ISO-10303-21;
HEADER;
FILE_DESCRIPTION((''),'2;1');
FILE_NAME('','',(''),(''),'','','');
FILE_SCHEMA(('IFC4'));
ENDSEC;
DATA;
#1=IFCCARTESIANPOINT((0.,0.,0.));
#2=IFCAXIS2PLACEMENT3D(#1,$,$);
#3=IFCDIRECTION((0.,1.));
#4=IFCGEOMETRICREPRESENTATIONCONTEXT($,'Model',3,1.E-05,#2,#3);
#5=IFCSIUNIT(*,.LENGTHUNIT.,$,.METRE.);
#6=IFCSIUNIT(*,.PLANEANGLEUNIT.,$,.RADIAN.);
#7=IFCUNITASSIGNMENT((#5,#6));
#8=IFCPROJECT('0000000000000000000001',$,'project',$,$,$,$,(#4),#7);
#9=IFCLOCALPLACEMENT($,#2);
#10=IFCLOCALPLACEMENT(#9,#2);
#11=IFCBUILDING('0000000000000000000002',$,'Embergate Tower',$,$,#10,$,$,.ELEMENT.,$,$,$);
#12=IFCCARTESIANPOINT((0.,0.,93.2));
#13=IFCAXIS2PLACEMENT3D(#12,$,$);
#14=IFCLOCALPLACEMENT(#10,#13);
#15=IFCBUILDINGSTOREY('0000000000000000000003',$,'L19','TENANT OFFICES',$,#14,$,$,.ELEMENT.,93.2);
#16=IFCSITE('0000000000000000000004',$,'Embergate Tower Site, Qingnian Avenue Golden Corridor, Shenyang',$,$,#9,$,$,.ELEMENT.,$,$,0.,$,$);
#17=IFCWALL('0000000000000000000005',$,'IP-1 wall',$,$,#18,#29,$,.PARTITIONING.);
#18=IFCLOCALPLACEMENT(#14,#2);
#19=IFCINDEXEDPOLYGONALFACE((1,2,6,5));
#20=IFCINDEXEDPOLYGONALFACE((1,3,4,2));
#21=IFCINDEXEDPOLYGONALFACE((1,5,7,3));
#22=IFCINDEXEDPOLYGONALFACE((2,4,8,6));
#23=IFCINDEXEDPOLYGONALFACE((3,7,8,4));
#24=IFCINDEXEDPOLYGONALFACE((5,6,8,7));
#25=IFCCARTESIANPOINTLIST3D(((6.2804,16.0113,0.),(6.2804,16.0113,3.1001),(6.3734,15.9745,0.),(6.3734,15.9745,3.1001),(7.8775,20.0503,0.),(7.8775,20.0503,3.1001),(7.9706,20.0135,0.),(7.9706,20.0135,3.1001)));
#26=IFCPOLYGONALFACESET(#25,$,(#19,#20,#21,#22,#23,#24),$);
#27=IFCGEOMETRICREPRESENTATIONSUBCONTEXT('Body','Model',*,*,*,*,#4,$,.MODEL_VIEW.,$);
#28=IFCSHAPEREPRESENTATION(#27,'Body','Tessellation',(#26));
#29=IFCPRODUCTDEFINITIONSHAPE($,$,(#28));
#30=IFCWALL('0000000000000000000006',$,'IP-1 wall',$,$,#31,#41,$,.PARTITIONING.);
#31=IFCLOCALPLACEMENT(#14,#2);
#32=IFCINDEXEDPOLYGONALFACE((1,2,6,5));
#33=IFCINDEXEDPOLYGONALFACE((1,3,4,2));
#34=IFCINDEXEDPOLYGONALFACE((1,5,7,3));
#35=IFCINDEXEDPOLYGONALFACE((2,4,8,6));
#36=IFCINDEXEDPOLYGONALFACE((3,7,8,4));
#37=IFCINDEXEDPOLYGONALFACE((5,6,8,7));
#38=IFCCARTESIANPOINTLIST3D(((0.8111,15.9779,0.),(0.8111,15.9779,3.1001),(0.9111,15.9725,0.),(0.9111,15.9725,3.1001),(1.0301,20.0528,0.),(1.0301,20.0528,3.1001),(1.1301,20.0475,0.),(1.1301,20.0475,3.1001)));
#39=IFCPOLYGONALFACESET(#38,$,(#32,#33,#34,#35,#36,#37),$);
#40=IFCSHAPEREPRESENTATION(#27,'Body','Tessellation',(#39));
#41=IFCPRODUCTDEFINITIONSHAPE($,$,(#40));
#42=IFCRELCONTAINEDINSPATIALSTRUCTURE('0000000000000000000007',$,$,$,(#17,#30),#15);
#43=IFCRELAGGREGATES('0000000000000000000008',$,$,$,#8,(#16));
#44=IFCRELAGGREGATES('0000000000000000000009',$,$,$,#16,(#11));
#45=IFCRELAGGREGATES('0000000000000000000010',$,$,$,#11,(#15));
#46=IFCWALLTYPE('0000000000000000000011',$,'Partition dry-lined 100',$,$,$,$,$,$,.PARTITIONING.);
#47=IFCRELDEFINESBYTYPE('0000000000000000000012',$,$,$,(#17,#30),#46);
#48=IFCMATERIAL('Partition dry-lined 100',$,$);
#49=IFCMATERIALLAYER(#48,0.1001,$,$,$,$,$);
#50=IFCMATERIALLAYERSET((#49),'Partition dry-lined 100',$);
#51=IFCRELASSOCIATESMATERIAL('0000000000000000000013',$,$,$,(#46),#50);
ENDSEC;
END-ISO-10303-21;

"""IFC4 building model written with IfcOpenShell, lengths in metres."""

from ifc_helpers import new_model, si_unit, direction, frame, frame_2d, origin, place, context, subcontext, project, spatial, rectangle, extrude, source, transform, mapped, material, layer, layer_set, type_object, element, save


model = new_model("IFC4")

# Units and contexts
model_context = context("Model", 3, precision=1e-05, world=origin(), true_north=direction((0.0, 1.0)))
body_context = subcontext(model_context, "Body", "Model", "MODEL_VIEW")
ifc_project = project(units=[si_unit("LENGTHUNIT", "METRE"), si_unit("PLANEANGLEUNIT", "RADIAN")], contexts=[model_context])

# Site, building, storey
site_placement = place(None, origin())
site = spatial("IfcSite", under=ifc_project, at=site_placement, Name="Embergate Tower Site, Qingnian Avenue Golden Corridor, Shenyang", CompositionType="ELEMENT", RefElevation=0.0)
building_placement = place(site_placement, origin())
building = spatial("IfcBuilding", under=site, at=building_placement, Name="Embergate Tower", CompositionType="ELEMENT")
storey_placement = place(building_placement, frame((0.0, 0.0, 93.2)))
storey = spatial("IfcBuildingStorey", under=building, at=storey_placement, Name="L19", Description="TENANT OFFICES", CompositionType="ELEMENT", Elevation=93.2)

# Walls
ifc_material_1 = material(Name="Partition dry-lined 100")
ifc_layer_1 = layer(ifc_material_1, 0.1001)
ifc_layer_set_1 = layer_set([ifc_layer_1], Name="Partition dry-lined 100")
wall_type_1 = type_object("IfcWallType", Name="Partition dry-lined 100", PredefinedType="PARTITIONING", material=ifc_layer_set_1)
shared_shape_1 = source(origin(), body_context, "Body", "SweptSolid", [
    extrude(rectangle(XDim=4.3433, YDim=0.1001, at=frame_2d((2.1716, 0.0))), origin(), (0.0, 0.0, 1.0), 3.1001),
])
wall_1_placement = place(storey_placement, frame((6.3269, 15.9929, 0.0), z_axis=(0.0, 0.0, 1.0), x_axis=(0.367724, 0.929935, 0.0)))
element("IfcWall", 1, at=wall_1_placement, inside=storey, type_object=wall_type_1, Name="IP-1 wall", PredefinedType="PARTITIONING", context=body_context, shape_type="MappedRepresentation", body=[
    mapped(shared_shape_1, transform((0.0, 0.0, 0.0))),
])
shared_shape_2 = source(origin(), body_context, "Body", "SweptSolid", [
    extrude(rectangle(XDim=4.0808, YDim=0.1001, at=frame_2d((2.0405, 0.0))), origin(), (0.0, 0.0, 1.0), 3.1001),
])
wall_2_placement = place(storey_placement, frame((0.8611, 15.9751, 0.0), z_axis=(0.0, 0.0, 1.0), x_axis=(0.053664, 0.998559, 0.0)))
element("IfcWall", 2, at=wall_2_placement, inside=storey, type_object=wall_type_1, Name="IP-1 wall", PredefinedType="PARTITIONING", context=body_context, shape_type="MappedRepresentation", body=[
    mapped(shared_shape_2, transform((0.0, 0.0, 0.0))),
])

save(model, "model.ifc")
